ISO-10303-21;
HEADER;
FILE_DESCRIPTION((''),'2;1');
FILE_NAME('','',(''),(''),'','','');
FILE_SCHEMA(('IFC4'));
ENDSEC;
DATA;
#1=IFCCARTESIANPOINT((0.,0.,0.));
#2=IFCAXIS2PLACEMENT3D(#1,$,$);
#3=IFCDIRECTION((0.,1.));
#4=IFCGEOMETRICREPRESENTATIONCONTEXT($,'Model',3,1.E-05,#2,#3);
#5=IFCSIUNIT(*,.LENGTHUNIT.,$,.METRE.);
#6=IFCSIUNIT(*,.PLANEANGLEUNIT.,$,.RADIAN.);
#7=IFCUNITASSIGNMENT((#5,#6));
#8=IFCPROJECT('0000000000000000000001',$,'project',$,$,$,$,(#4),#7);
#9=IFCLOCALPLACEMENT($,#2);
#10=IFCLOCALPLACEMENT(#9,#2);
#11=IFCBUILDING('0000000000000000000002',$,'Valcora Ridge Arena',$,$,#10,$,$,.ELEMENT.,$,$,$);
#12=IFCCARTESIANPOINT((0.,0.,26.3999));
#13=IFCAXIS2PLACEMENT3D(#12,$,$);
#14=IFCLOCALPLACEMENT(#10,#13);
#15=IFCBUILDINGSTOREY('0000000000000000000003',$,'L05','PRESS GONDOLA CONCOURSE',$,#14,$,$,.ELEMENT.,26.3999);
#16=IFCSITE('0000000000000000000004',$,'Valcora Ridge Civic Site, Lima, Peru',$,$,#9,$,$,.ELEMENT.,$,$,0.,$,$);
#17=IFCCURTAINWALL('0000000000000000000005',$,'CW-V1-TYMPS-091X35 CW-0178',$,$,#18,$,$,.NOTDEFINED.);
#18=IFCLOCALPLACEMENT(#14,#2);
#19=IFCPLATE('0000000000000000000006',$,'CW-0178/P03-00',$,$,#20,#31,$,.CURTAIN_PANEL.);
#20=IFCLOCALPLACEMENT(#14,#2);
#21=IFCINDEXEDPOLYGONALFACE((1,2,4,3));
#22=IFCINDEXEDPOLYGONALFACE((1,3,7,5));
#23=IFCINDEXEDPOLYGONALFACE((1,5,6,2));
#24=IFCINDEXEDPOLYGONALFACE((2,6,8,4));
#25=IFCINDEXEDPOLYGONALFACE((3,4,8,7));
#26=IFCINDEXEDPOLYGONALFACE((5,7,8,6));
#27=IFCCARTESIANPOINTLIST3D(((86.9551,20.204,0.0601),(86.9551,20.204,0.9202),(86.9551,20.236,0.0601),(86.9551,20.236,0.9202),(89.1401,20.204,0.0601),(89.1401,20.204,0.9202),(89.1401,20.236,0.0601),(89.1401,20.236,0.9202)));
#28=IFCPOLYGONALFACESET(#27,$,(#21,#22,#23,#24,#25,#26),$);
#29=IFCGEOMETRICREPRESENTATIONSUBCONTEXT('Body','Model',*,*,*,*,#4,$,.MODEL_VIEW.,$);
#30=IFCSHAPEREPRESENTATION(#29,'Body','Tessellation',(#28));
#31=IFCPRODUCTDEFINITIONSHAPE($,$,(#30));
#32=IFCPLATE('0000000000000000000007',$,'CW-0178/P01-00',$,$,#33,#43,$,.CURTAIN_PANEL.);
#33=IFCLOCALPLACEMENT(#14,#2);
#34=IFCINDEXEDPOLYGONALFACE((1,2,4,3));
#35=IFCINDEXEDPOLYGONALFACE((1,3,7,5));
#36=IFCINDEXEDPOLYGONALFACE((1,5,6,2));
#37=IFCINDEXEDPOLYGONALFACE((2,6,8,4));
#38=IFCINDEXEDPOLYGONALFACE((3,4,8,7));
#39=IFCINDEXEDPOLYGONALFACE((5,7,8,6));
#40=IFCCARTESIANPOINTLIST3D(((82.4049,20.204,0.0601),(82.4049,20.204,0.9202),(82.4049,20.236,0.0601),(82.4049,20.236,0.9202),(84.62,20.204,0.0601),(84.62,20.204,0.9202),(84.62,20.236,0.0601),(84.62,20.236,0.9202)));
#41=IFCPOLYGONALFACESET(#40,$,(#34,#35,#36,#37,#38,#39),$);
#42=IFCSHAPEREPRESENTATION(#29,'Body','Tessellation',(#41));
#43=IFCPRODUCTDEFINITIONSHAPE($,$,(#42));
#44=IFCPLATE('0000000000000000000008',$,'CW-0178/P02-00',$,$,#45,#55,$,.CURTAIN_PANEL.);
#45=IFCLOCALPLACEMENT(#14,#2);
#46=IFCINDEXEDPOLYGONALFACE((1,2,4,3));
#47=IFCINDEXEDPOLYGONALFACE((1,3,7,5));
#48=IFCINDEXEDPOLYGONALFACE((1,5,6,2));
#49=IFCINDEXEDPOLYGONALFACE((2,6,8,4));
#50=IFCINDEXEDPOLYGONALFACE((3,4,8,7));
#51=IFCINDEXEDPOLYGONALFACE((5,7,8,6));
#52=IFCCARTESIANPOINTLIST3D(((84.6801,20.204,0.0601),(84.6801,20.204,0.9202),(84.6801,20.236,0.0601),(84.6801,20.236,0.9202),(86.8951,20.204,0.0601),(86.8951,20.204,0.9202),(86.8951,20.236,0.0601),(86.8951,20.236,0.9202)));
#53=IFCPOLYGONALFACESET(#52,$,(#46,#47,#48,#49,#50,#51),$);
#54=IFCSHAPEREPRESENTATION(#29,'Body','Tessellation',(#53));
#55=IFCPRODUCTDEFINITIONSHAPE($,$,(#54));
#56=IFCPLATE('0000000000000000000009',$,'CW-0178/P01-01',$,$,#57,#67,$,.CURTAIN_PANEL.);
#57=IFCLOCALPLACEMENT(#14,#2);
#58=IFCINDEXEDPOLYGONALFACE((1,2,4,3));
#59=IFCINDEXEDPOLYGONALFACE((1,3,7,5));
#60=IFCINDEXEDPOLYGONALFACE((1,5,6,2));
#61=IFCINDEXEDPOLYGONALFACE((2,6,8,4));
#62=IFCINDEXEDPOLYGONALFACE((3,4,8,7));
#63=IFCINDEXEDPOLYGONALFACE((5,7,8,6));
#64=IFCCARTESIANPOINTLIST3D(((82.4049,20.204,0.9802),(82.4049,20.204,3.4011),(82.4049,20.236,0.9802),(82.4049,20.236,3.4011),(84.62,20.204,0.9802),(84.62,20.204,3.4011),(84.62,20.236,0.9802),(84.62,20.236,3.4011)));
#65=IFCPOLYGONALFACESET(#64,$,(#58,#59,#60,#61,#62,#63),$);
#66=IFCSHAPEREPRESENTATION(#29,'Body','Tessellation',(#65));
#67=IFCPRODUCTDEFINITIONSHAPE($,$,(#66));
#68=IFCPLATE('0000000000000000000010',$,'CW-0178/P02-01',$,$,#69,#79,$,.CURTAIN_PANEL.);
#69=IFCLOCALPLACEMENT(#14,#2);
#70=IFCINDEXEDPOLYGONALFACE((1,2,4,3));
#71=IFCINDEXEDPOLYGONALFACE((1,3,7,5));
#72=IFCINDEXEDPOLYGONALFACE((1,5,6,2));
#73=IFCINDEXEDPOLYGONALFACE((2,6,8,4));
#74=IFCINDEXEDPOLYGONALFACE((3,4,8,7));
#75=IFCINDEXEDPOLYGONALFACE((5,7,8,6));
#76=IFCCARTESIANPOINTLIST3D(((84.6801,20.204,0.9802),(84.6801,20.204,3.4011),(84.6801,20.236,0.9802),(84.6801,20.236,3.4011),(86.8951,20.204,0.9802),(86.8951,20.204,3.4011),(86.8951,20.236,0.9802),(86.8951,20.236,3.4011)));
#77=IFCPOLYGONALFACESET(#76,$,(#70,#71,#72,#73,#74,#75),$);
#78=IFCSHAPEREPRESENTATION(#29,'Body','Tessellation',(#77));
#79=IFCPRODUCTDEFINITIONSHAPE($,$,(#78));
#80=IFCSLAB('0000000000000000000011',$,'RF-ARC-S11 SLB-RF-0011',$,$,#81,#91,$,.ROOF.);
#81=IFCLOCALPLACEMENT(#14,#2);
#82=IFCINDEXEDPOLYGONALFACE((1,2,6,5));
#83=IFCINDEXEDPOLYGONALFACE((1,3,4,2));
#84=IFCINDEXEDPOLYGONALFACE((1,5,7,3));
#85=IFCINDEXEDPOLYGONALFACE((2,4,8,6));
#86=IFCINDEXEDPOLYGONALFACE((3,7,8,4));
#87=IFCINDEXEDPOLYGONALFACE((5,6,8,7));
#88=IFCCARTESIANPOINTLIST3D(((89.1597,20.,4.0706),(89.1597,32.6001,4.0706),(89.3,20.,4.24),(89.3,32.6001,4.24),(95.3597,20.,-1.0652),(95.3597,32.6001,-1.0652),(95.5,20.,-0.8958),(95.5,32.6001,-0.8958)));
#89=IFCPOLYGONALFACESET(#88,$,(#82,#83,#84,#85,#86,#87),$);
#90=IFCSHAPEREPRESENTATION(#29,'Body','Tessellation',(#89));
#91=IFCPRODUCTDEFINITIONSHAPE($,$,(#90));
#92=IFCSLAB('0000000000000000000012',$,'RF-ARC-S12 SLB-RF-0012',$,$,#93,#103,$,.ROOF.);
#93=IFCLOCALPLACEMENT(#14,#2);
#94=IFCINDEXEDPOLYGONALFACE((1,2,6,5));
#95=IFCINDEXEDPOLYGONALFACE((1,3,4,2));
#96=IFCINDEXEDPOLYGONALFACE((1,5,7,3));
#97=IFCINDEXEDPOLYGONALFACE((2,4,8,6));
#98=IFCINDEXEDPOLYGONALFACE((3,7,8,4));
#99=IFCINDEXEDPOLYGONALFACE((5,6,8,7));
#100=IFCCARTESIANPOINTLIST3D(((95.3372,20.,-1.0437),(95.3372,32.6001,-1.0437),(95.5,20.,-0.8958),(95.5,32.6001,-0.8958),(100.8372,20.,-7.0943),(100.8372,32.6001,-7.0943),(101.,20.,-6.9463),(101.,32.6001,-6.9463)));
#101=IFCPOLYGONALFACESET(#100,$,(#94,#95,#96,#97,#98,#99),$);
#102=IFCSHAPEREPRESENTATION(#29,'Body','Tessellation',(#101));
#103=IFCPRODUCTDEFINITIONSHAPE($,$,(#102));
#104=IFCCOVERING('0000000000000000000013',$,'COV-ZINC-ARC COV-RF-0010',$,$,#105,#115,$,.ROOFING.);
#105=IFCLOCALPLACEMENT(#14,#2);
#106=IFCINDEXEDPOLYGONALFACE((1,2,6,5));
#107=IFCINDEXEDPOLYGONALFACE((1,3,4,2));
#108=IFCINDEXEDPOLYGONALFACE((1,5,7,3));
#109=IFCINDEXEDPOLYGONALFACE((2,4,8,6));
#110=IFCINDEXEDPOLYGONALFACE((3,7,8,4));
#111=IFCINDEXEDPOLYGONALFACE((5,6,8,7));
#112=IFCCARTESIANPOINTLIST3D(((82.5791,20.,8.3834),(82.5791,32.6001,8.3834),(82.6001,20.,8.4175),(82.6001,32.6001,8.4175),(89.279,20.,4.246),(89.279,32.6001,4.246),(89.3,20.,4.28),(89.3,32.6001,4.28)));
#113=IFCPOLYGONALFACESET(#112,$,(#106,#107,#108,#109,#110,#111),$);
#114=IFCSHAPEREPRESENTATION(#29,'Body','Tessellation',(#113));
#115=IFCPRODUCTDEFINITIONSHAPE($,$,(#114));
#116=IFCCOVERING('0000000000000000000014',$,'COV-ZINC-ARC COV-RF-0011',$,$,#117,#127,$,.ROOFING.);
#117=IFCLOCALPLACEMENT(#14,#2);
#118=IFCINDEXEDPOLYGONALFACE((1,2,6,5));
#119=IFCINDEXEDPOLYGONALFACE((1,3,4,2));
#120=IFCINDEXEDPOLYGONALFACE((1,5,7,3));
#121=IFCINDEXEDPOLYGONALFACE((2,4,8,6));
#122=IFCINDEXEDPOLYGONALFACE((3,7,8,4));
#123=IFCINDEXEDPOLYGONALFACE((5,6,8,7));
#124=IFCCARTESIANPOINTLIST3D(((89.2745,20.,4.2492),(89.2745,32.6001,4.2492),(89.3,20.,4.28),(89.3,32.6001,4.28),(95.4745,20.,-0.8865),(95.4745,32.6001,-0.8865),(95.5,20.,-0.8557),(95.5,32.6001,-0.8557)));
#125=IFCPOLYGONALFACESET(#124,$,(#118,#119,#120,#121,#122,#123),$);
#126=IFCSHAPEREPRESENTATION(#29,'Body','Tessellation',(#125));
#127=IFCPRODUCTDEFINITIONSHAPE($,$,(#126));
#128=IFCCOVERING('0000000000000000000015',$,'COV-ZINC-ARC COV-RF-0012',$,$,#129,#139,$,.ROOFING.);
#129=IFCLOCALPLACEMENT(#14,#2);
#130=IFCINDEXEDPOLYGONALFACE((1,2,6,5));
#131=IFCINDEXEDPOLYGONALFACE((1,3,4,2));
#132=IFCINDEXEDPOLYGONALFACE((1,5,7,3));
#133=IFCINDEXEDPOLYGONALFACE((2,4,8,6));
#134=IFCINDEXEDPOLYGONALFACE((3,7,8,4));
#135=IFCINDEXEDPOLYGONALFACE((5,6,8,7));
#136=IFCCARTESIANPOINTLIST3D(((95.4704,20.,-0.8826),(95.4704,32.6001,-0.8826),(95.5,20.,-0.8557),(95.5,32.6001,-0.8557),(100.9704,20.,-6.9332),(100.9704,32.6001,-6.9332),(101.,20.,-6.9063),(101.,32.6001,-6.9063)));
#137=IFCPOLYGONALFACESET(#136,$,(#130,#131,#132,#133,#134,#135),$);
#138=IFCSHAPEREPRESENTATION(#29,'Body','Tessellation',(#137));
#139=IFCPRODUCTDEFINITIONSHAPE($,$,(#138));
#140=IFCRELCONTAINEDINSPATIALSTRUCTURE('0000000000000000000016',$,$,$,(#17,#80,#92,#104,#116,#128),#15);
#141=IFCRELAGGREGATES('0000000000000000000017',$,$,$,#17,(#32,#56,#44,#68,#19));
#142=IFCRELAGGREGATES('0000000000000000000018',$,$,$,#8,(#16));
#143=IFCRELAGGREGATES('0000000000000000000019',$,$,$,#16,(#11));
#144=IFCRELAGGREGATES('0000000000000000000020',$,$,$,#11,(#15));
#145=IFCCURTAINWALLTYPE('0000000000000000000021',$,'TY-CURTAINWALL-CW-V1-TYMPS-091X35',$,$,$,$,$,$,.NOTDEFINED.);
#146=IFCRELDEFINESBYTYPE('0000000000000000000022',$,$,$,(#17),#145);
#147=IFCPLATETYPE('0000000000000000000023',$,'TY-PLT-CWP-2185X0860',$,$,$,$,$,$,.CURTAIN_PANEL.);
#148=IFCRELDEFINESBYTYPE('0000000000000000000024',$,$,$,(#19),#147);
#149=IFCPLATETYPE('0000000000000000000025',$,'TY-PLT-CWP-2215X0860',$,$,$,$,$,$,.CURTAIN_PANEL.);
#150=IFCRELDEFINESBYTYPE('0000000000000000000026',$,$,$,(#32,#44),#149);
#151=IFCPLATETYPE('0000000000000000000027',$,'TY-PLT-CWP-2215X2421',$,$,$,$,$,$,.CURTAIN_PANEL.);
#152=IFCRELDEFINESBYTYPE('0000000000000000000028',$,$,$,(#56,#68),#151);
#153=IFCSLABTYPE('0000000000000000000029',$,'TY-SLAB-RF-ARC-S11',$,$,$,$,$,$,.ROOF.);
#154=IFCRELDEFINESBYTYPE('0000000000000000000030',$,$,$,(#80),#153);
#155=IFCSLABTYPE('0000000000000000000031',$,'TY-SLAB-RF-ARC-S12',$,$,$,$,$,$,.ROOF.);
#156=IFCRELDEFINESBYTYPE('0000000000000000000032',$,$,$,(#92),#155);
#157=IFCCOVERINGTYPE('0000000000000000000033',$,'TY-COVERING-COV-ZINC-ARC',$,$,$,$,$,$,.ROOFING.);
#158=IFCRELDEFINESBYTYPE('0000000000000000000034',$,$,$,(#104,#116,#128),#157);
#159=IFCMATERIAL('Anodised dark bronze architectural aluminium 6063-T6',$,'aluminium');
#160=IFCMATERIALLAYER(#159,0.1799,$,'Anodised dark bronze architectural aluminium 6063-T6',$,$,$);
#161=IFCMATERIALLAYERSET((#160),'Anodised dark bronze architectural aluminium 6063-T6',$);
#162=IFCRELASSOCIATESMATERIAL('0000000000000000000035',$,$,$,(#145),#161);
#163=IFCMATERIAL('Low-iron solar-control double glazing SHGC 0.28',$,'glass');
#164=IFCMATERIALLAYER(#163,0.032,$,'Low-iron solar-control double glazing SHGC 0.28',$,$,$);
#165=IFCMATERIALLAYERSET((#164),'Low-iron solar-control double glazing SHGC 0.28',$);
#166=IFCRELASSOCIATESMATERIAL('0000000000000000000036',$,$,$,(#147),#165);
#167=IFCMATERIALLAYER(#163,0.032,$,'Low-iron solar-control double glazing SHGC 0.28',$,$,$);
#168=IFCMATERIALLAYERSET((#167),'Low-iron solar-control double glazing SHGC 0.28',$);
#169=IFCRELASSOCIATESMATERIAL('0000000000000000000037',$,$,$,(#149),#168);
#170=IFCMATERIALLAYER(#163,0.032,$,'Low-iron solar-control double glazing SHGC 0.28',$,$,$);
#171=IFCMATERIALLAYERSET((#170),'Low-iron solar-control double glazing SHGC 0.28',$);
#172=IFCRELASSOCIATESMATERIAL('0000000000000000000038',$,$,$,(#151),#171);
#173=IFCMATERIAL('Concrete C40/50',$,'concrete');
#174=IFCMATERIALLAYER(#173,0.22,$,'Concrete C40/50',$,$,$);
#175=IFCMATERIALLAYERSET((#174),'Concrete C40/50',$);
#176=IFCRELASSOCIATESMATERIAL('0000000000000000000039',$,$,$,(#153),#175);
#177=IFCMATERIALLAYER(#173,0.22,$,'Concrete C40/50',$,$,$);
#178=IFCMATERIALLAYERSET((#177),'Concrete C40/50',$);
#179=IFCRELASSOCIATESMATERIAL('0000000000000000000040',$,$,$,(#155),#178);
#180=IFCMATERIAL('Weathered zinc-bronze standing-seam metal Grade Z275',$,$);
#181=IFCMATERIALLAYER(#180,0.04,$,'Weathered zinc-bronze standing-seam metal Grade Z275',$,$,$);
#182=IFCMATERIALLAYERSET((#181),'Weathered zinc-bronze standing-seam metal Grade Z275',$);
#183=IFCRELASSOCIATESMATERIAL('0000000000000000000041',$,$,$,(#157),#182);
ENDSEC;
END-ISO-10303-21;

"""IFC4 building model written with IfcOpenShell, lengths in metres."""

from ifc_helpers import new_model, si_unit, direction, frame, origin, origin_2d, place, context, subcontext, project, spatial, polyline, rectangle, outline, extrude, material, layer, layer_set, type_object, element, aggregate, save


model = new_model("IFC4")

# Units and contexts
model_context = context("Model", 3, precision=1e-05, world=origin(), true_north=direction((0.0, 1.0)))
body_context = subcontext(model_context, "Body", "Model", "MODEL_VIEW")
ifc_project = project(units=[si_unit("LENGTHUNIT", "METRE"), si_unit("PLANEANGLEUNIT", "RADIAN")], contexts=[model_context])

# Site, building, storey
site_placement = place(None, origin())
site = spatial("IfcSite", under=ifc_project, at=site_placement, Name="Valcora Ridge Civic Site, Lima, Peru", CompositionType="ELEMENT", RefElevation=0.0)
building_placement = place(site_placement, origin())
building = spatial("IfcBuilding", under=site, at=building_placement, Name="Valcora Ridge Arena", CompositionType="ELEMENT")
storey_placement = place(building_placement, frame((0.0, 0.0, 26.3999)))
storey = spatial("IfcBuildingStorey", under=building, at=storey_placement, Name="L05", Description="PRESS GONDOLA CONCOURSE", CompositionType="ELEMENT", Elevation=26.3999)

# Curtain wall
ifc_material_1 = material(Name="Anodised dark bronze architectural aluminium 6063-T6", Category="aluminium")
ifc_layer_1 = layer(ifc_material_1, 0.1799, Name="Anodised dark bronze architectural aluminium 6063-T6")
ifc_layer_set_1 = layer_set([ifc_layer_1], Name="Anodised dark bronze architectural aluminium 6063-T6")
curtain_wall_type = type_object("IfcCurtainWallType", Name="TY-CURTAINWALL-CW-V1-TYMPS-091X35", PredefinedType="NOTDEFINED", material=ifc_layer_set_1)
curtain_wall_placement = place(storey_placement, origin())
curtain_wall = element("IfcCurtainWall", 1, at=curtain_wall_placement, inside=storey, type_object=curtain_wall_type, Name="CW-V1-TYMPS-091X35 CW-0178", PredefinedType="NOTDEFINED")

# Plates
ifc_material_2 = material(Name="Low-iron solar-control double glazing SHGC 0.28", Category="glass")
ifc_layer_2 = layer(ifc_material_2, 0.032, Name="Low-iron solar-control double glazing SHGC 0.28")
ifc_layer_set_2 = layer_set([ifc_layer_2], Name="Low-iron solar-control double glazing SHGC 0.28")
plate_type_1 = type_object("IfcPlateType", Name="TY-PLT-CWP-2185X0860", PredefinedType="CURTAIN_PANEL", material=ifc_layer_set_2)
plate_1_placement = place(storey_placement, frame((88.0476, 20.22, 0.0601), z_axis=(0.0, 0.0, 1.0), x_axis=(1.0, 0.0, 0.0)))
plate_1 = element("IfcPlate", 2, at=plate_1_placement, type_object=plate_type_1, Name="CW-0178/P03-00", PredefinedType="CURTAIN_PANEL", context=body_context, shape_type="SweptSolid", body=[
    extrude(rectangle(XDim=2.1851, YDim=0.032, at=origin_2d()), origin(), (0.0, 0.0, 1.0), 0.8601),
])
ifc_layer_3 = layer(ifc_material_2, 0.032, Name="Low-iron solar-control double glazing SHGC 0.28")
ifc_layer_set_3 = layer_set([ifc_layer_3], Name="Low-iron solar-control double glazing SHGC 0.28")
plate_type_2 = type_object("IfcPlateType", Name="TY-PLT-CWP-2215X0860", PredefinedType="CURTAIN_PANEL", material=ifc_layer_set_3)
plate_2_placement = place(storey_placement, frame((83.5125, 20.22, 0.0601), z_axis=(0.0, 0.0, 1.0), x_axis=(1.0, 0.0, 0.0)))
plate_2 = element("IfcPlate", 3, at=plate_2_placement, type_object=plate_type_2, Name="CW-0178/P01-00", PredefinedType="CURTAIN_PANEL", context=body_context, shape_type="SweptSolid", body=[
    extrude(rectangle(XDim=2.2151, YDim=0.032, at=origin_2d()), origin(), (0.0, 0.0, 1.0), 0.8601),
])
plate_3_placement = place(storey_placement, frame((85.7876, 20.22, 0.0601), z_axis=(0.0, 0.0, 1.0), x_axis=(1.0, 0.0, 0.0)))
plate_3 = element("IfcPlate", 4, at=plate_3_placement, type_object=plate_type_2, Name="CW-0178/P02-00", PredefinedType="CURTAIN_PANEL", context=body_context, shape_type="SweptSolid", body=[
    extrude(rectangle(XDim=2.2151, YDim=0.032, at=origin_2d()), origin(), (0.0, 0.0, 1.0), 0.8601),
])
ifc_layer_4 = layer(ifc_material_2, 0.032, Name="Low-iron solar-control double glazing SHGC 0.28")
ifc_layer_set_4 = layer_set([ifc_layer_4], Name="Low-iron solar-control double glazing SHGC 0.28")
plate_type_3 = type_object("IfcPlateType", Name="TY-PLT-CWP-2215X2421", PredefinedType="CURTAIN_PANEL", material=ifc_layer_set_4)
plate_4_placement = place(storey_placement, frame((83.5125, 20.22, 0.9802), z_axis=(0.0, 0.0, 1.0), x_axis=(1.0, 0.0, 0.0)))
plate_4 = element("IfcPlate", 5, at=plate_4_placement, type_object=plate_type_3, Name="CW-0178/P01-01", PredefinedType="CURTAIN_PANEL", context=body_context, shape_type="SweptSolid", body=[
    extrude(rectangle(XDim=2.2151, YDim=0.032, at=origin_2d()), origin(), (0.0, 0.0, 1.0), 2.4209),
])
plate_5_placement = place(storey_placement, frame((85.7876, 20.22, 0.9802), z_axis=(0.0, 0.0, 1.0), x_axis=(1.0, 0.0, 0.0)))
plate_5 = element("IfcPlate", 6, at=plate_5_placement, type_object=plate_type_3, Name="CW-0178/P02-01", PredefinedType="CURTAIN_PANEL", context=body_context, shape_type="SweptSolid", body=[
    extrude(rectangle(XDim=2.2151, YDim=0.032, at=origin_2d()), origin(), (0.0, 0.0, 1.0), 2.4209),
])
aggregate(curtain_wall, [plate_2, plate_4, plate_3, plate_5, plate_1])

# Slabs
ifc_material_3 = material(Name="Concrete C40/50", Category="concrete")
ifc_layer_5 = layer(ifc_material_3, 0.22, Name="Concrete C40/50")
ifc_layer_set_5 = layer_set([ifc_layer_5], Name="Concrete C40/50")
slab_type_1 = type_object("IfcSlabType", Name="TY-SLAB-RF-ARC-S11", PredefinedType="ROOF", material=ifc_layer_set_5)
slab_1_placement = place(storey_placement, frame((89.3, 20.0, 4.24), z_axis=(0.637918, 0.0, 0.770105), x_axis=(0.770105, 0.0, -0.637918)))
element("IfcSlab", 7, at=slab_1_placement, inside=storey, type_object=slab_type_1, Name="RF-ARC-S11 SLB-RF-0011", PredefinedType="ROOF", context=body_context, shape_type="SweptSolid", body=[
    extrude(outline(polyline([(0.0, 0.0), (8.0508, 0.0), (8.0508, 12.6001), (0.0, 12.6001), (0.0, 0.0)])), origin(), (0.0, 0.0, -1.0), 0.22),
])
ifc_layer_6 = layer(ifc_material_3, 0.22, Name="Concrete C40/50")
ifc_layer_set_6 = layer_set([ifc_layer_6], Name="Concrete C40/50")
slab_type_2 = type_object("IfcSlabType", Name="TY-SLAB-RF-ARC-S12", PredefinedType="ROOF", material=ifc_layer_set_6)
slab_2_placement = place(storey_placement, frame((95.5, 20.0, -0.8958), z_axis=(0.73997, 0.0, 0.67264), x_axis=(0.67264, 0.0, -0.73997)))
element("IfcSlab", 8, at=slab_2_placement, inside=storey, type_object=slab_type_2, Name="RF-ARC-S12 SLB-RF-0012", PredefinedType="ROOF", context=body_context, shape_type="SweptSolid", body=[
    extrude(outline(polyline([(0.0, 0.0), (8.1767, 0.0), (8.1767, 12.6001), (0.0, 12.6001), (0.0, 0.0)])), origin(), (0.0, 0.0, -1.0), 0.22),
])

# Coverings
ifc_material_4 = material(Name="Weathered zinc-bronze standing-seam metal Grade Z275")
ifc_layer_7 = layer(ifc_material_4, 0.04, Name="Weathered zinc-bronze standing-seam metal Grade Z275")
ifc_layer_set_7 = layer_set([ifc_layer_7], Name="Weathered zinc-bronze standing-seam metal Grade Z275")
covering_type = type_object("IfcCoveringType", Name="TY-COVERING-COV-ZINC-ARC", PredefinedType="ROOFING", material=ifc_layer_set_7)
covering_1_placement = place(storey_placement, frame((82.6001, 20.0, 8.4175), z_axis=(0.525424, 0.0, 0.850841), x_axis=(0.850841, 0.0, -0.525424)))
element("IfcCovering", 9, at=covering_1_placement, inside=storey, type_object=covering_type, Name="COV-ZINC-ARC COV-RF-0010", PredefinedType="ROOFING", context=body_context, shape_type="SweptSolid", body=[
    extrude(outline(polyline([(0.0, 0.0), (7.8745, 0.0), (7.8745, 12.6001), (0.0, 12.6001), (0.0, 0.0)])), origin(), (0.0, 0.0, -1.0), 0.04),
])
covering_2_placement = place(storey_placement, frame((89.3, 20.0, 4.28), z_axis=(0.637918, 0.0, 0.770105), x_axis=(0.770105, 0.0, -0.637918)))
element("IfcCovering", 10, at=covering_2_placement, inside=storey, type_object=covering_type, Name="COV-ZINC-ARC COV-RF-0011", PredefinedType="ROOFING", context=body_context, shape_type="SweptSolid", body=[
    extrude(outline(polyline([(0.0, 0.0), (8.0508, 0.0), (8.0508, 12.6001), (0.0, 12.6001), (0.0, 0.0)])), origin(), (0.0, 0.0, -1.0), 0.04),
])
covering_3_placement = place(storey_placement, frame((95.5, 20.0, -0.8557), z_axis=(0.73997, 0.0, 0.67264), x_axis=(0.67264, 0.0, -0.73997)))
element("IfcCovering", 11, at=covering_3_placement, inside=storey, type_object=covering_type, Name="COV-ZINC-ARC COV-RF-0012", PredefinedType="ROOFING", context=body_context, shape_type="SweptSolid", body=[
    extrude(outline(polyline([(0.0, 0.0), (8.1767, 0.0), (8.1767, 12.6001), (0.0, 12.6001), (0.0, 0.0)])), origin(), (0.0, 0.0, -1.0), 0.04),
])

save(model, "model.ifc")
